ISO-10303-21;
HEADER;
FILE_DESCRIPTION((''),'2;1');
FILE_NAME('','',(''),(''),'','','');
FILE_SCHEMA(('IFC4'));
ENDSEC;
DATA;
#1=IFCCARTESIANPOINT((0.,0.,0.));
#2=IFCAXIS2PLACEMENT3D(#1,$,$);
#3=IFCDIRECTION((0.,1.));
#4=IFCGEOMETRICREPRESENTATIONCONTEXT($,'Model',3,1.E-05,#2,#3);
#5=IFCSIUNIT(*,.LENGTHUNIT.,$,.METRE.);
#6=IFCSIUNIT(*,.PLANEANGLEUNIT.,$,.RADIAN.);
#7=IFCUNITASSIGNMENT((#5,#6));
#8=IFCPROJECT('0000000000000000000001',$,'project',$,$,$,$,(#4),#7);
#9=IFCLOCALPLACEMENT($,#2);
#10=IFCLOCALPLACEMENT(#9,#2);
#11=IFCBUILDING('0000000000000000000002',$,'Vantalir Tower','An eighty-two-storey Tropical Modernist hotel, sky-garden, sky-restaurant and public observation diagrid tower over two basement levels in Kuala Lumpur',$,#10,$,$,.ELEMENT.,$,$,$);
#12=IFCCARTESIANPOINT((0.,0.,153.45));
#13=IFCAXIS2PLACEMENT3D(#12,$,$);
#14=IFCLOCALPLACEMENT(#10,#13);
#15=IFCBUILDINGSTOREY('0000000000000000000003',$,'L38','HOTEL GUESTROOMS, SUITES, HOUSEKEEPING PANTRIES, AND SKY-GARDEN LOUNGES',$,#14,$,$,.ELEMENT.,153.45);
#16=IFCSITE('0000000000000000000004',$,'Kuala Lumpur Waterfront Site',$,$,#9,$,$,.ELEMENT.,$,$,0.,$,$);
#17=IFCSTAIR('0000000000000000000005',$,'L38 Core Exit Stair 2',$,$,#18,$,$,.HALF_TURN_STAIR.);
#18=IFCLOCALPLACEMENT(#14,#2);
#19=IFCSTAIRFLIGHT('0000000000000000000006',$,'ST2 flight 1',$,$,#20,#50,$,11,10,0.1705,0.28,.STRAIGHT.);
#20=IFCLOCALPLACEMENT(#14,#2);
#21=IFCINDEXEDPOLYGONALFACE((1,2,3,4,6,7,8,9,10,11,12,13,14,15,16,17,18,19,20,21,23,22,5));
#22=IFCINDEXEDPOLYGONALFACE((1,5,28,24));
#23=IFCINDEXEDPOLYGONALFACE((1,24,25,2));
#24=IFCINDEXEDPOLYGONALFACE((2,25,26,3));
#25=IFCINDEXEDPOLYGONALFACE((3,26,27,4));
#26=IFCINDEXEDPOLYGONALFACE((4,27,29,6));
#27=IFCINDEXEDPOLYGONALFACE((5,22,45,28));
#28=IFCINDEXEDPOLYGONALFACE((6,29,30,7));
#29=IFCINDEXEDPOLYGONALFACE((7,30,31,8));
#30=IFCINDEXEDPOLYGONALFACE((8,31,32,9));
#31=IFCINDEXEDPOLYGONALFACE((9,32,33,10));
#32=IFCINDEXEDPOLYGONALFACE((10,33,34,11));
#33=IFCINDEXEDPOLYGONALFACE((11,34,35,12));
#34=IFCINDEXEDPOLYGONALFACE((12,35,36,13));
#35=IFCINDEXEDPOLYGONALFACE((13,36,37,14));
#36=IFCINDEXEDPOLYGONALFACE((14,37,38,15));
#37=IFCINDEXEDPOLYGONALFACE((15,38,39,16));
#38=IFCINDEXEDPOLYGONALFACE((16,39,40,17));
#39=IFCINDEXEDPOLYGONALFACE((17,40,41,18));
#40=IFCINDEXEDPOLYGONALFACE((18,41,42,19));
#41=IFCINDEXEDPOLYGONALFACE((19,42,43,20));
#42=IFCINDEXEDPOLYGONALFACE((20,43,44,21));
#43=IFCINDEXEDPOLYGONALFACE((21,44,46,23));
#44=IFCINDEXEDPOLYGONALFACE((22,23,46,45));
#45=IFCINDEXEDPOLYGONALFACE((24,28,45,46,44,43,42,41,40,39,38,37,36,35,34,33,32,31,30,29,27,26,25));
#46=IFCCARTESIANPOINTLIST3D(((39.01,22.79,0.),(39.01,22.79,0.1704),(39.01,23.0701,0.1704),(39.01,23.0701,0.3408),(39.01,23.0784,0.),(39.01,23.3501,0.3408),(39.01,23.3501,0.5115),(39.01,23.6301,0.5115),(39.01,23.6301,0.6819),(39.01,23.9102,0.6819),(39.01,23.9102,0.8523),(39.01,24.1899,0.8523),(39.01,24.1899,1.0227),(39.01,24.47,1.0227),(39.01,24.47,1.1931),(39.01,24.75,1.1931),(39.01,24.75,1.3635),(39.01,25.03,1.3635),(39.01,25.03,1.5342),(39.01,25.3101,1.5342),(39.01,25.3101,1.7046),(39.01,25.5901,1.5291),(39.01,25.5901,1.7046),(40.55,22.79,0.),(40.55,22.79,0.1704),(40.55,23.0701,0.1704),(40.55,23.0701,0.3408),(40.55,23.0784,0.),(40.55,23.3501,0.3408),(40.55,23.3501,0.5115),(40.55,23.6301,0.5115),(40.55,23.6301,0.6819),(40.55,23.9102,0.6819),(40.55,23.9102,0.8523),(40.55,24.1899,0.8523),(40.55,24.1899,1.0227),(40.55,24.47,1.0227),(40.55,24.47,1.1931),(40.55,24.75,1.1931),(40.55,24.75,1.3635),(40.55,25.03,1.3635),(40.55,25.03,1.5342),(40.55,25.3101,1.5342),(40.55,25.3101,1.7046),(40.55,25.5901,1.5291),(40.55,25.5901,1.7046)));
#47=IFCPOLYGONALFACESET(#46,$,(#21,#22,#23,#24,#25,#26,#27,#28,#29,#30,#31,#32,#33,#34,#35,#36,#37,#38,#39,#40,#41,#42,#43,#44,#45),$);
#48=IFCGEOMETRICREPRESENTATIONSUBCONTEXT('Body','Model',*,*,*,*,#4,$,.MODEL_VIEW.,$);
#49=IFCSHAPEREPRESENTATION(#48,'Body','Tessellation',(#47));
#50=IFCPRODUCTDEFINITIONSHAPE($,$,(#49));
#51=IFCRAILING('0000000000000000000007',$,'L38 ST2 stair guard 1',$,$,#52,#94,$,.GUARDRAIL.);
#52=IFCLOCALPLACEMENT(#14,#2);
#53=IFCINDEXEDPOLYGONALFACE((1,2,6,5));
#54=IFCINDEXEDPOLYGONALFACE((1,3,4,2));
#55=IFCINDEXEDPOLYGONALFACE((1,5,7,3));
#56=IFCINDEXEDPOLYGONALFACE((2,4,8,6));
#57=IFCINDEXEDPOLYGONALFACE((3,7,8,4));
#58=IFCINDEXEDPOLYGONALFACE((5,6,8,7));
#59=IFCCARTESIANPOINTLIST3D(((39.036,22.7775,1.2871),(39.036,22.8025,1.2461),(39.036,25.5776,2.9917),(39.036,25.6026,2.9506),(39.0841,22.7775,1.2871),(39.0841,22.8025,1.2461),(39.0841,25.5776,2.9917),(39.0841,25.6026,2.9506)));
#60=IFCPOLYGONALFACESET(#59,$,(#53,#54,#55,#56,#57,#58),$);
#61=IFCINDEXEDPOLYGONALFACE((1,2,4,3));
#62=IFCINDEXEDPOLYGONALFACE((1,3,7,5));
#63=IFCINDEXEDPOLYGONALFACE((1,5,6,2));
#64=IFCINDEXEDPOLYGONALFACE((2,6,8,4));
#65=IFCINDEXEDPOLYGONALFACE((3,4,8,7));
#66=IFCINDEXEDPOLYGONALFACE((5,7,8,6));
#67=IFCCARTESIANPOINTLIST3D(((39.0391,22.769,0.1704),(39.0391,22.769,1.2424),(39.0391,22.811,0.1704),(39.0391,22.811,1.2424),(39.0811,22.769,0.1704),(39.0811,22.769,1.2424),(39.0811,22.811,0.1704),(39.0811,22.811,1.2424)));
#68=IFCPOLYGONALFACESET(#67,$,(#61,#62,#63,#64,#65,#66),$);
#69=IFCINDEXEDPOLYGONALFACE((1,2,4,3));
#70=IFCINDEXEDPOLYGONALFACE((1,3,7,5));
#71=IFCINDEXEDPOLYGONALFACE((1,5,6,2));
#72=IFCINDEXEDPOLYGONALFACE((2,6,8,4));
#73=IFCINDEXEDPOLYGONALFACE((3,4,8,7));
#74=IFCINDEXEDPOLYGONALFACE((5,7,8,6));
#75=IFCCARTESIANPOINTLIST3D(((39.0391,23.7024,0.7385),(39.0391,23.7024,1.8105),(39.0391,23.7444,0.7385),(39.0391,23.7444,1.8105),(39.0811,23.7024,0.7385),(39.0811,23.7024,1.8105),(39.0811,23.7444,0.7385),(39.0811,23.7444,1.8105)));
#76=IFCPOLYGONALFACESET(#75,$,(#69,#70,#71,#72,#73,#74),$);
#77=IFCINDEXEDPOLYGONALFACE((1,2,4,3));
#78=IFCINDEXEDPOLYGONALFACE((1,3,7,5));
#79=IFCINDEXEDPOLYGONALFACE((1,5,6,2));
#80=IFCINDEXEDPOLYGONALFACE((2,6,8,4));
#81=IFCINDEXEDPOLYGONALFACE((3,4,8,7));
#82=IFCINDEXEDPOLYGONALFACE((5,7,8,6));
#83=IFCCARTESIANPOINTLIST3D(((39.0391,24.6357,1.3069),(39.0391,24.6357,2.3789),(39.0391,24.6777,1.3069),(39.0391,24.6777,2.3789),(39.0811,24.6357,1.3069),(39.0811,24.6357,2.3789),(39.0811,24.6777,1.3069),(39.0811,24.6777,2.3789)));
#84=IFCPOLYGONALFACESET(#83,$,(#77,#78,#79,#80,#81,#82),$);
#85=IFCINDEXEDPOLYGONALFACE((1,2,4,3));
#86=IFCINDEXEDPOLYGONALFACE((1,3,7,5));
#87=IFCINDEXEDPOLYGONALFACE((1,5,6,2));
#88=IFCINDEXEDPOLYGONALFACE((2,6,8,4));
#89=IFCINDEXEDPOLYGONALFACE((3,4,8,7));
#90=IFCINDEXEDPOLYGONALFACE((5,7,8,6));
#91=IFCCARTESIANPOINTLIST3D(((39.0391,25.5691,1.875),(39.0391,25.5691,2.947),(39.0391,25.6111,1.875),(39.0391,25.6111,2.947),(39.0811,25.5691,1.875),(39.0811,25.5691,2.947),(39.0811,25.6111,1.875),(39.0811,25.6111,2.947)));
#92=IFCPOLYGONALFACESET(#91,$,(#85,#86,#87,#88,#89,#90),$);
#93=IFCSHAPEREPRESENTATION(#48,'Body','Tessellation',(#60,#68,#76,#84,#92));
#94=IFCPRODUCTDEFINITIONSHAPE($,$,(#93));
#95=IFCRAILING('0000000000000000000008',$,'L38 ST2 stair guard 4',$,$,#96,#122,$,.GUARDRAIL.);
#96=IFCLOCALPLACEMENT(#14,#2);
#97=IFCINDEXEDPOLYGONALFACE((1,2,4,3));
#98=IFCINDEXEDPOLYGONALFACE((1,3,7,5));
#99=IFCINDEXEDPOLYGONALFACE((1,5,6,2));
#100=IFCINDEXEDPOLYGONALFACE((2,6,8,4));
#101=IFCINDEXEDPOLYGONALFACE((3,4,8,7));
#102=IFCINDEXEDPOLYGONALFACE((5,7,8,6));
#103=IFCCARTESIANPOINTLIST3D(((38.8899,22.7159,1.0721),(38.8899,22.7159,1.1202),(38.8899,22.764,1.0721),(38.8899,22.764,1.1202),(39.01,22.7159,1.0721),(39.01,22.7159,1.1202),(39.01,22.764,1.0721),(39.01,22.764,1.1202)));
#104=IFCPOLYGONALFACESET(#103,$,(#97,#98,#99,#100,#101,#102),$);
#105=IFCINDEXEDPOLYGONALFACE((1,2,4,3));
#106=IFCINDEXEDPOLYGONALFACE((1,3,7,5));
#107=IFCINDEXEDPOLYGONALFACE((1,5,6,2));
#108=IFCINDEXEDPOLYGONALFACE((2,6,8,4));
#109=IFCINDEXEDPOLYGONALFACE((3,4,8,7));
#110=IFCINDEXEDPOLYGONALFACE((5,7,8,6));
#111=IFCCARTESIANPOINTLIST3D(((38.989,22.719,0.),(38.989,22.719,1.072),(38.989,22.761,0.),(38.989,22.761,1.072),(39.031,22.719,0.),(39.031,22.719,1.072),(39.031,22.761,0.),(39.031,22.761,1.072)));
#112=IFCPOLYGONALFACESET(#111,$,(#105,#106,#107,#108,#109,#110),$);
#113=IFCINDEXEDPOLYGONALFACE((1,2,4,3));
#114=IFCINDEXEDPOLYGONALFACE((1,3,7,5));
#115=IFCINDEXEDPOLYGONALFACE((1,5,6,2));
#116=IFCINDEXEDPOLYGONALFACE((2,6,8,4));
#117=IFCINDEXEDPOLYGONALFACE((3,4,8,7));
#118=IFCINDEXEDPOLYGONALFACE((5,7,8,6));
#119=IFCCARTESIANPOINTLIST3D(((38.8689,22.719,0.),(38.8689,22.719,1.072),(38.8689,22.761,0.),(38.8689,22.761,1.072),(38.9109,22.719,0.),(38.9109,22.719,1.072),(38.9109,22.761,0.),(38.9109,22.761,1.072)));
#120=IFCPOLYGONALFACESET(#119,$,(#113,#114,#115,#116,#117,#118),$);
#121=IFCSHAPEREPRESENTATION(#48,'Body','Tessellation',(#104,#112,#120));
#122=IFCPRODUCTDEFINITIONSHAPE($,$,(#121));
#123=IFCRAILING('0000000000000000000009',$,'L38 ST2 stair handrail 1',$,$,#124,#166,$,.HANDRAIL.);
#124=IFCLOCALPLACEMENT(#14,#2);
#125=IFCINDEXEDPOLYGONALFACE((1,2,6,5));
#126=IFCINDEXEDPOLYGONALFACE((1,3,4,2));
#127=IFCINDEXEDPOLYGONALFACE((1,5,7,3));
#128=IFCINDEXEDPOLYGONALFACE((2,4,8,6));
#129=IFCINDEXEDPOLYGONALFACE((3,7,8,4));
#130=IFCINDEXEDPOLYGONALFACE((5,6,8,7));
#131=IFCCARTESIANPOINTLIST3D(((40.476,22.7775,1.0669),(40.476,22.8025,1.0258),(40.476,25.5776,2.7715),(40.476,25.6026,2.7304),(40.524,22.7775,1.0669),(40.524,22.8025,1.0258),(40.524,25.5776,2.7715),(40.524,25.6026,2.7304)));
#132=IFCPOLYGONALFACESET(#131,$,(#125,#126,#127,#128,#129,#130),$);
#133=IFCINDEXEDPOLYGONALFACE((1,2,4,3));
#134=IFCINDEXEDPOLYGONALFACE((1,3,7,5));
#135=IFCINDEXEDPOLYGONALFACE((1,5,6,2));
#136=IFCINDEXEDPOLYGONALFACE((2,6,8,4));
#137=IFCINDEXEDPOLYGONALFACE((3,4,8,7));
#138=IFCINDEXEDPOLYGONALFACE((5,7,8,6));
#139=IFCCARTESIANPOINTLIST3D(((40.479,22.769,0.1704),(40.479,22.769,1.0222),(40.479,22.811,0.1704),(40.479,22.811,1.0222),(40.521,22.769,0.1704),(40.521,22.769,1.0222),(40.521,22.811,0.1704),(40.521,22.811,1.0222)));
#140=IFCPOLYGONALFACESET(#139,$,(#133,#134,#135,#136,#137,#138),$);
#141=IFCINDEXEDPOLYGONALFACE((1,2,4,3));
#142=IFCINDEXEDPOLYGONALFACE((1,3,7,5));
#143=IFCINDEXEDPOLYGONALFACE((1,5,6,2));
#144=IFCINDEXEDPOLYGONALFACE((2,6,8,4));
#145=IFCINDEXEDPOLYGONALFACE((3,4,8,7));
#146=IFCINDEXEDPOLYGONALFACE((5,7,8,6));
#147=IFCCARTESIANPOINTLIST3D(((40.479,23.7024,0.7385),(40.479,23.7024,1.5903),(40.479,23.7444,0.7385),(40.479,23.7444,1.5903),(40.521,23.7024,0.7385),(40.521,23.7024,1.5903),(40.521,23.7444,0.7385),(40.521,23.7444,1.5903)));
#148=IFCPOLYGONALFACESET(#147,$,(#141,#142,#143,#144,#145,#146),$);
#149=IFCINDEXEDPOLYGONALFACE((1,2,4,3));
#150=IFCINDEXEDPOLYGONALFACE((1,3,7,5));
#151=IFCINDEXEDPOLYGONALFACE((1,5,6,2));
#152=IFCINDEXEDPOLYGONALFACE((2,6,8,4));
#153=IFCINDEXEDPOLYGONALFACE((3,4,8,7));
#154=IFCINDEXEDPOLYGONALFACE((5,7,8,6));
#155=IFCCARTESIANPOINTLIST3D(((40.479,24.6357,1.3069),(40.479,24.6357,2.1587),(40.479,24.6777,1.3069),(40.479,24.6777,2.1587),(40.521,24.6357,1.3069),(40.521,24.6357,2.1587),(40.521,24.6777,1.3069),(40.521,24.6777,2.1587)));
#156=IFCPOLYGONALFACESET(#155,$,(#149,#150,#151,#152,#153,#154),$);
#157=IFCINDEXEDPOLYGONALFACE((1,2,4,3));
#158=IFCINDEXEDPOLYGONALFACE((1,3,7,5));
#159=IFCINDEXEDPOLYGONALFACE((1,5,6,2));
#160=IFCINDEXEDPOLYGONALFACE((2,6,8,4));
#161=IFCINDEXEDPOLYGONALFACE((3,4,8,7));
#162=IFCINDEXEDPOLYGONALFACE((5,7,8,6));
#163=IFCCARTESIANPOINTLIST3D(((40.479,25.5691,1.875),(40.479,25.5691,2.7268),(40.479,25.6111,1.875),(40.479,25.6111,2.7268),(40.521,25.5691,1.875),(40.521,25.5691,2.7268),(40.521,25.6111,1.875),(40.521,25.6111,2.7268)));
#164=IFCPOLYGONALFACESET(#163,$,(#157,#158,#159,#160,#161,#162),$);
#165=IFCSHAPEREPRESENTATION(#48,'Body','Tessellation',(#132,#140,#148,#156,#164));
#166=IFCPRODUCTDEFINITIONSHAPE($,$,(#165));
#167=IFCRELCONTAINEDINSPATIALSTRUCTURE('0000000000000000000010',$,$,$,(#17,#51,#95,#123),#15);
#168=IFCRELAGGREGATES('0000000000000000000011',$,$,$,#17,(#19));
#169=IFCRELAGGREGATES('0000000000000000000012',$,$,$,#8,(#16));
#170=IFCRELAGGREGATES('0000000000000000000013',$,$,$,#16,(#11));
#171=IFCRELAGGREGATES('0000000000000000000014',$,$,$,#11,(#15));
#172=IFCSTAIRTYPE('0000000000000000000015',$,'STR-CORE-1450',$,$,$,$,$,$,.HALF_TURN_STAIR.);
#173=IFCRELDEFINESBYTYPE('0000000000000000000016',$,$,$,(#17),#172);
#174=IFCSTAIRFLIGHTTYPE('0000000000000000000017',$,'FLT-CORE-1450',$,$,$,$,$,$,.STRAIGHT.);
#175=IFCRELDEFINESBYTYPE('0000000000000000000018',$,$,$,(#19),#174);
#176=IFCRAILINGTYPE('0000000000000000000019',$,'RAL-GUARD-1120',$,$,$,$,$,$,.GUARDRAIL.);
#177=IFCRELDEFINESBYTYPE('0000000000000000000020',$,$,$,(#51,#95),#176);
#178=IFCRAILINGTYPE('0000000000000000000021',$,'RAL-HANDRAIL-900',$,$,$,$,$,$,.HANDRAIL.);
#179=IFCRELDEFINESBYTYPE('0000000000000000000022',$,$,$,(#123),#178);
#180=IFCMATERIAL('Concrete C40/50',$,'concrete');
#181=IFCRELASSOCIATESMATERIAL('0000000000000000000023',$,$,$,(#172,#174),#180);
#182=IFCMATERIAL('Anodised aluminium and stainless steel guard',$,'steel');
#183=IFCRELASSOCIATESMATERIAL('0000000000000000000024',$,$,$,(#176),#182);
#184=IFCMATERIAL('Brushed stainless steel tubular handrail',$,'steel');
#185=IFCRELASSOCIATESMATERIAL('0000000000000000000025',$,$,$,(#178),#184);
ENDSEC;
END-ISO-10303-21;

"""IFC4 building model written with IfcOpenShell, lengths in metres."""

from ifc_helpers import new_model, si_unit, direction, frame, origin, origin_2d, place, context, subcontext, project, spatial, polyline, rectangle, outline, extrude, material, type_object, element, aggregate, save


model = new_model("IFC4")

# Units and contexts
model_context = context("Model", 3, precision=1e-05, world=origin(), true_north=direction((0.0, 1.0)))
body_context = subcontext(model_context, "Body", "Model", "MODEL_VIEW")
ifc_project = project(units=[si_unit("LENGTHUNIT", "METRE"), si_unit("PLANEANGLEUNIT", "RADIAN")], contexts=[model_context])

# Site, building, storey
site_placement = place(None, origin())
site = spatial("IfcSite", under=ifc_project, at=site_placement, Name="Kuala Lumpur Waterfront Site", CompositionType="ELEMENT", RefElevation=0.0)
building_placement = place(site_placement, origin())
building = spatial("IfcBuilding", under=site, at=building_placement, Name="Vantalir Tower", Description="An eighty-two-storey Tropical Modernist hotel, sky-garden, sky-restaurant and public observation diagrid tower over two basement levels in Kuala Lumpur", CompositionType="ELEMENT")
storey_placement = place(building_placement, frame((0.0, 0.0, 153.45)))
storey = spatial("IfcBuildingStorey", under=building, at=storey_placement, Name="L38", Description="HOTEL GUESTROOMS, SUITES, HOUSEKEEPING PANTRIES, AND SKY-GARDEN LOUNGES", CompositionType="ELEMENT", Elevation=153.45)

# Stair, stair flight
ifc_material_1 = material(Name="Concrete C40/50", Category="concrete")
stair_type = type_object("IfcStairType", Name="STR-CORE-1450", PredefinedType="HALF_TURN_STAIR", material=ifc_material_1)
stair_placement = place(storey_placement, origin())
stair = element("IfcStair", 1, at=stair_placement, inside=storey, type_object=stair_type, Name="L38 Core Exit Stair 2", PredefinedType="HALF_TURN_STAIR")
stair_flight_type = type_object("IfcStairFlightType", Name="FLT-CORE-1450", PredefinedType="STRAIGHT", material=ifc_material_1)
stair_flight_placement = place(storey_placement, frame((39.78, 22.79, 0.0), z_axis=(0.0, 0.0, 1.0), x_axis=(0.0, 1.0, 0.0)))
stair_flight = element("IfcStairFlight", 2, at=stair_flight_placement, type_object=stair_flight_type, Name="ST2 flight 1", NumberOfRisers=11, NumberOfTreads=10, PredefinedType="STRAIGHT", RiserHeight=0.1705, TreadLength=0.28, context=body_context, shape_type="SweptSolid", body=[
    extrude(outline(polyline([(0.0, 0.0), (0.0, 0.1704), (0.28, 0.1704), (0.28, 0.3408), (0.5601, 0.3408), (0.5601, 0.5115), (0.8401, 0.5115), (0.8401, 0.6819), (1.1201, 0.6819), (1.1201, 0.8523), (1.3999, 0.8523), (1.3999, 1.0227), (1.6799, 1.0227), (1.6799, 1.1931), (1.96, 1.1931), (1.96, 1.3635), (2.24, 1.3635), (2.24, 1.5342), (2.52, 1.5342), (2.52, 1.7046), (2.8, 1.7046), (2.8, 1.875), (2.8, 1.5291), (0.2883, 0.0), (0.0, 0.0)])), frame((0.0, 0.77, 0.0), z_axis=(0.0, -1.0, 0.0), x_axis=(1.0, 0.0, 0.0)), (0.0, 0.0, 1.0), 1.54),
])
aggregate(stair, [stair_flight])

# Railings
ifc_material_2 = material(Name="Anodised aluminium and stainless steel guard", Category="steel")
railing_type_1 = type_object("IfcRailingType", Name="RAL-GUARD-1120", PredefinedType="GUARDRAIL", material=ifc_material_2)
railing_1_placement = place(storey_placement, frame((39.0601, 22.79, 0.1704)))
element("IfcRailing", 3, at=railing_1_placement, inside=storey, type_object=railing_type_1, Name="L38 ST2 stair guard 1", PredefinedType="GUARDRAIL", context=body_context, shape_type="SweptSolid", body=[
    extrude(rectangle(XDim=0.0481, YDim=0.0481, at=origin_2d()), frame((0.0, 0.0, 1.0962), z_axis=(0.0, 0.85417, 0.519994), x_axis=(-1.0, 0.0, 0.0)), (0.0, 0.0, 1.0), 3.2781),
    extrude(rectangle(XDim=0.042, YDim=0.042, at=origin_2d()), origin(), (0.0, 0.0, 1.0), 1.072),
    extrude(rectangle(XDim=0.042, YDim=0.042, at=origin_2d()), frame((0.0, 0.9333, 0.5681)), (0.0, 0.0, 1.0), 1.072),
    extrude(rectangle(XDim=0.042, YDim=0.042, at=origin_2d()), frame((0.0, 1.8667, 1.1365)), (0.0, 0.0, 1.0), 1.072),
    extrude(rectangle(XDim=0.042, YDim=0.042, at=origin_2d()), frame((0.0, 2.8, 1.7046)), (0.0, 0.0, 1.0), 1.072),
])
railing_2_placement = place(storey_placement, frame((39.01, 22.74, 0.0)))
element("IfcRailing", 4, at=railing_2_placement, inside=storey, type_object=railing_type_1, Name="L38 ST2 stair guard 4", PredefinedType="GUARDRAIL", context=body_context, shape_type="SweptSolid", body=[
    extrude(rectangle(XDim=0.0481, YDim=0.0481, at=origin_2d()), frame((0.0, 0.0, 1.0962), z_axis=(-1.0, 0.0, 0.0), x_axis=(0.0, -1.0, 0.0)), (0.0, 0.0, 1.0), 0.1201),
    extrude(rectangle(XDim=0.042, YDim=0.042, at=origin_2d()), origin(), (0.0, 0.0, 1.0), 1.072),
    extrude(rectangle(XDim=0.042, YDim=0.042, at=origin_2d()), frame((-0.1201, 0.0, 0.0)), (0.0, 0.0, 1.0), 1.072),
])
ifc_material_3 = material(Name="Brushed stainless steel tubular handrail", Category="steel")
railing_type_2 = type_object("IfcRailingType", Name="RAL-HANDRAIL-900", PredefinedType="HANDRAIL", material=ifc_material_3)
railing_3_placement = place(storey_placement, frame((40.5, 22.79, 0.1704)))
element("IfcRailing", 5, at=railing_3_placement, inside=storey, type_object=railing_type_2, Name="L38 ST2 stair handrail 1", PredefinedType="HANDRAIL", context=body_context, shape_type="SweptSolid", body=[
    extrude(rectangle(XDim=0.0481, YDim=0.0481, at=origin_2d()), frame((0.0, 0.0, 0.876), z_axis=(0.0, 0.85417, 0.519994), x_axis=(-1.0, 0.0, 0.0)), (0.0, 0.0, 1.0), 3.2781),
    extrude(rectangle(XDim=0.042, YDim=0.042, at=origin_2d()), origin(), (0.0, 0.0, 1.0), 0.8518),
    extrude(rectangle(XDim=0.042, YDim=0.042, at=origin_2d()), frame((0.0, 0.9333, 0.5681)), (0.0, 0.0, 1.0), 0.8518),
    extrude(rectangle(XDim=0.042, YDim=0.042, at=origin_2d()), frame((0.0, 1.8667, 1.1365)), (0.0, 0.0, 1.0), 0.8518),
    extrude(rectangle(XDim=0.042, YDim=0.042, at=origin_2d()), frame((0.0, 2.8, 1.7046)), (0.0, 0.0, 1.0), 0.8518),
])

save(model, "model.ifc")
